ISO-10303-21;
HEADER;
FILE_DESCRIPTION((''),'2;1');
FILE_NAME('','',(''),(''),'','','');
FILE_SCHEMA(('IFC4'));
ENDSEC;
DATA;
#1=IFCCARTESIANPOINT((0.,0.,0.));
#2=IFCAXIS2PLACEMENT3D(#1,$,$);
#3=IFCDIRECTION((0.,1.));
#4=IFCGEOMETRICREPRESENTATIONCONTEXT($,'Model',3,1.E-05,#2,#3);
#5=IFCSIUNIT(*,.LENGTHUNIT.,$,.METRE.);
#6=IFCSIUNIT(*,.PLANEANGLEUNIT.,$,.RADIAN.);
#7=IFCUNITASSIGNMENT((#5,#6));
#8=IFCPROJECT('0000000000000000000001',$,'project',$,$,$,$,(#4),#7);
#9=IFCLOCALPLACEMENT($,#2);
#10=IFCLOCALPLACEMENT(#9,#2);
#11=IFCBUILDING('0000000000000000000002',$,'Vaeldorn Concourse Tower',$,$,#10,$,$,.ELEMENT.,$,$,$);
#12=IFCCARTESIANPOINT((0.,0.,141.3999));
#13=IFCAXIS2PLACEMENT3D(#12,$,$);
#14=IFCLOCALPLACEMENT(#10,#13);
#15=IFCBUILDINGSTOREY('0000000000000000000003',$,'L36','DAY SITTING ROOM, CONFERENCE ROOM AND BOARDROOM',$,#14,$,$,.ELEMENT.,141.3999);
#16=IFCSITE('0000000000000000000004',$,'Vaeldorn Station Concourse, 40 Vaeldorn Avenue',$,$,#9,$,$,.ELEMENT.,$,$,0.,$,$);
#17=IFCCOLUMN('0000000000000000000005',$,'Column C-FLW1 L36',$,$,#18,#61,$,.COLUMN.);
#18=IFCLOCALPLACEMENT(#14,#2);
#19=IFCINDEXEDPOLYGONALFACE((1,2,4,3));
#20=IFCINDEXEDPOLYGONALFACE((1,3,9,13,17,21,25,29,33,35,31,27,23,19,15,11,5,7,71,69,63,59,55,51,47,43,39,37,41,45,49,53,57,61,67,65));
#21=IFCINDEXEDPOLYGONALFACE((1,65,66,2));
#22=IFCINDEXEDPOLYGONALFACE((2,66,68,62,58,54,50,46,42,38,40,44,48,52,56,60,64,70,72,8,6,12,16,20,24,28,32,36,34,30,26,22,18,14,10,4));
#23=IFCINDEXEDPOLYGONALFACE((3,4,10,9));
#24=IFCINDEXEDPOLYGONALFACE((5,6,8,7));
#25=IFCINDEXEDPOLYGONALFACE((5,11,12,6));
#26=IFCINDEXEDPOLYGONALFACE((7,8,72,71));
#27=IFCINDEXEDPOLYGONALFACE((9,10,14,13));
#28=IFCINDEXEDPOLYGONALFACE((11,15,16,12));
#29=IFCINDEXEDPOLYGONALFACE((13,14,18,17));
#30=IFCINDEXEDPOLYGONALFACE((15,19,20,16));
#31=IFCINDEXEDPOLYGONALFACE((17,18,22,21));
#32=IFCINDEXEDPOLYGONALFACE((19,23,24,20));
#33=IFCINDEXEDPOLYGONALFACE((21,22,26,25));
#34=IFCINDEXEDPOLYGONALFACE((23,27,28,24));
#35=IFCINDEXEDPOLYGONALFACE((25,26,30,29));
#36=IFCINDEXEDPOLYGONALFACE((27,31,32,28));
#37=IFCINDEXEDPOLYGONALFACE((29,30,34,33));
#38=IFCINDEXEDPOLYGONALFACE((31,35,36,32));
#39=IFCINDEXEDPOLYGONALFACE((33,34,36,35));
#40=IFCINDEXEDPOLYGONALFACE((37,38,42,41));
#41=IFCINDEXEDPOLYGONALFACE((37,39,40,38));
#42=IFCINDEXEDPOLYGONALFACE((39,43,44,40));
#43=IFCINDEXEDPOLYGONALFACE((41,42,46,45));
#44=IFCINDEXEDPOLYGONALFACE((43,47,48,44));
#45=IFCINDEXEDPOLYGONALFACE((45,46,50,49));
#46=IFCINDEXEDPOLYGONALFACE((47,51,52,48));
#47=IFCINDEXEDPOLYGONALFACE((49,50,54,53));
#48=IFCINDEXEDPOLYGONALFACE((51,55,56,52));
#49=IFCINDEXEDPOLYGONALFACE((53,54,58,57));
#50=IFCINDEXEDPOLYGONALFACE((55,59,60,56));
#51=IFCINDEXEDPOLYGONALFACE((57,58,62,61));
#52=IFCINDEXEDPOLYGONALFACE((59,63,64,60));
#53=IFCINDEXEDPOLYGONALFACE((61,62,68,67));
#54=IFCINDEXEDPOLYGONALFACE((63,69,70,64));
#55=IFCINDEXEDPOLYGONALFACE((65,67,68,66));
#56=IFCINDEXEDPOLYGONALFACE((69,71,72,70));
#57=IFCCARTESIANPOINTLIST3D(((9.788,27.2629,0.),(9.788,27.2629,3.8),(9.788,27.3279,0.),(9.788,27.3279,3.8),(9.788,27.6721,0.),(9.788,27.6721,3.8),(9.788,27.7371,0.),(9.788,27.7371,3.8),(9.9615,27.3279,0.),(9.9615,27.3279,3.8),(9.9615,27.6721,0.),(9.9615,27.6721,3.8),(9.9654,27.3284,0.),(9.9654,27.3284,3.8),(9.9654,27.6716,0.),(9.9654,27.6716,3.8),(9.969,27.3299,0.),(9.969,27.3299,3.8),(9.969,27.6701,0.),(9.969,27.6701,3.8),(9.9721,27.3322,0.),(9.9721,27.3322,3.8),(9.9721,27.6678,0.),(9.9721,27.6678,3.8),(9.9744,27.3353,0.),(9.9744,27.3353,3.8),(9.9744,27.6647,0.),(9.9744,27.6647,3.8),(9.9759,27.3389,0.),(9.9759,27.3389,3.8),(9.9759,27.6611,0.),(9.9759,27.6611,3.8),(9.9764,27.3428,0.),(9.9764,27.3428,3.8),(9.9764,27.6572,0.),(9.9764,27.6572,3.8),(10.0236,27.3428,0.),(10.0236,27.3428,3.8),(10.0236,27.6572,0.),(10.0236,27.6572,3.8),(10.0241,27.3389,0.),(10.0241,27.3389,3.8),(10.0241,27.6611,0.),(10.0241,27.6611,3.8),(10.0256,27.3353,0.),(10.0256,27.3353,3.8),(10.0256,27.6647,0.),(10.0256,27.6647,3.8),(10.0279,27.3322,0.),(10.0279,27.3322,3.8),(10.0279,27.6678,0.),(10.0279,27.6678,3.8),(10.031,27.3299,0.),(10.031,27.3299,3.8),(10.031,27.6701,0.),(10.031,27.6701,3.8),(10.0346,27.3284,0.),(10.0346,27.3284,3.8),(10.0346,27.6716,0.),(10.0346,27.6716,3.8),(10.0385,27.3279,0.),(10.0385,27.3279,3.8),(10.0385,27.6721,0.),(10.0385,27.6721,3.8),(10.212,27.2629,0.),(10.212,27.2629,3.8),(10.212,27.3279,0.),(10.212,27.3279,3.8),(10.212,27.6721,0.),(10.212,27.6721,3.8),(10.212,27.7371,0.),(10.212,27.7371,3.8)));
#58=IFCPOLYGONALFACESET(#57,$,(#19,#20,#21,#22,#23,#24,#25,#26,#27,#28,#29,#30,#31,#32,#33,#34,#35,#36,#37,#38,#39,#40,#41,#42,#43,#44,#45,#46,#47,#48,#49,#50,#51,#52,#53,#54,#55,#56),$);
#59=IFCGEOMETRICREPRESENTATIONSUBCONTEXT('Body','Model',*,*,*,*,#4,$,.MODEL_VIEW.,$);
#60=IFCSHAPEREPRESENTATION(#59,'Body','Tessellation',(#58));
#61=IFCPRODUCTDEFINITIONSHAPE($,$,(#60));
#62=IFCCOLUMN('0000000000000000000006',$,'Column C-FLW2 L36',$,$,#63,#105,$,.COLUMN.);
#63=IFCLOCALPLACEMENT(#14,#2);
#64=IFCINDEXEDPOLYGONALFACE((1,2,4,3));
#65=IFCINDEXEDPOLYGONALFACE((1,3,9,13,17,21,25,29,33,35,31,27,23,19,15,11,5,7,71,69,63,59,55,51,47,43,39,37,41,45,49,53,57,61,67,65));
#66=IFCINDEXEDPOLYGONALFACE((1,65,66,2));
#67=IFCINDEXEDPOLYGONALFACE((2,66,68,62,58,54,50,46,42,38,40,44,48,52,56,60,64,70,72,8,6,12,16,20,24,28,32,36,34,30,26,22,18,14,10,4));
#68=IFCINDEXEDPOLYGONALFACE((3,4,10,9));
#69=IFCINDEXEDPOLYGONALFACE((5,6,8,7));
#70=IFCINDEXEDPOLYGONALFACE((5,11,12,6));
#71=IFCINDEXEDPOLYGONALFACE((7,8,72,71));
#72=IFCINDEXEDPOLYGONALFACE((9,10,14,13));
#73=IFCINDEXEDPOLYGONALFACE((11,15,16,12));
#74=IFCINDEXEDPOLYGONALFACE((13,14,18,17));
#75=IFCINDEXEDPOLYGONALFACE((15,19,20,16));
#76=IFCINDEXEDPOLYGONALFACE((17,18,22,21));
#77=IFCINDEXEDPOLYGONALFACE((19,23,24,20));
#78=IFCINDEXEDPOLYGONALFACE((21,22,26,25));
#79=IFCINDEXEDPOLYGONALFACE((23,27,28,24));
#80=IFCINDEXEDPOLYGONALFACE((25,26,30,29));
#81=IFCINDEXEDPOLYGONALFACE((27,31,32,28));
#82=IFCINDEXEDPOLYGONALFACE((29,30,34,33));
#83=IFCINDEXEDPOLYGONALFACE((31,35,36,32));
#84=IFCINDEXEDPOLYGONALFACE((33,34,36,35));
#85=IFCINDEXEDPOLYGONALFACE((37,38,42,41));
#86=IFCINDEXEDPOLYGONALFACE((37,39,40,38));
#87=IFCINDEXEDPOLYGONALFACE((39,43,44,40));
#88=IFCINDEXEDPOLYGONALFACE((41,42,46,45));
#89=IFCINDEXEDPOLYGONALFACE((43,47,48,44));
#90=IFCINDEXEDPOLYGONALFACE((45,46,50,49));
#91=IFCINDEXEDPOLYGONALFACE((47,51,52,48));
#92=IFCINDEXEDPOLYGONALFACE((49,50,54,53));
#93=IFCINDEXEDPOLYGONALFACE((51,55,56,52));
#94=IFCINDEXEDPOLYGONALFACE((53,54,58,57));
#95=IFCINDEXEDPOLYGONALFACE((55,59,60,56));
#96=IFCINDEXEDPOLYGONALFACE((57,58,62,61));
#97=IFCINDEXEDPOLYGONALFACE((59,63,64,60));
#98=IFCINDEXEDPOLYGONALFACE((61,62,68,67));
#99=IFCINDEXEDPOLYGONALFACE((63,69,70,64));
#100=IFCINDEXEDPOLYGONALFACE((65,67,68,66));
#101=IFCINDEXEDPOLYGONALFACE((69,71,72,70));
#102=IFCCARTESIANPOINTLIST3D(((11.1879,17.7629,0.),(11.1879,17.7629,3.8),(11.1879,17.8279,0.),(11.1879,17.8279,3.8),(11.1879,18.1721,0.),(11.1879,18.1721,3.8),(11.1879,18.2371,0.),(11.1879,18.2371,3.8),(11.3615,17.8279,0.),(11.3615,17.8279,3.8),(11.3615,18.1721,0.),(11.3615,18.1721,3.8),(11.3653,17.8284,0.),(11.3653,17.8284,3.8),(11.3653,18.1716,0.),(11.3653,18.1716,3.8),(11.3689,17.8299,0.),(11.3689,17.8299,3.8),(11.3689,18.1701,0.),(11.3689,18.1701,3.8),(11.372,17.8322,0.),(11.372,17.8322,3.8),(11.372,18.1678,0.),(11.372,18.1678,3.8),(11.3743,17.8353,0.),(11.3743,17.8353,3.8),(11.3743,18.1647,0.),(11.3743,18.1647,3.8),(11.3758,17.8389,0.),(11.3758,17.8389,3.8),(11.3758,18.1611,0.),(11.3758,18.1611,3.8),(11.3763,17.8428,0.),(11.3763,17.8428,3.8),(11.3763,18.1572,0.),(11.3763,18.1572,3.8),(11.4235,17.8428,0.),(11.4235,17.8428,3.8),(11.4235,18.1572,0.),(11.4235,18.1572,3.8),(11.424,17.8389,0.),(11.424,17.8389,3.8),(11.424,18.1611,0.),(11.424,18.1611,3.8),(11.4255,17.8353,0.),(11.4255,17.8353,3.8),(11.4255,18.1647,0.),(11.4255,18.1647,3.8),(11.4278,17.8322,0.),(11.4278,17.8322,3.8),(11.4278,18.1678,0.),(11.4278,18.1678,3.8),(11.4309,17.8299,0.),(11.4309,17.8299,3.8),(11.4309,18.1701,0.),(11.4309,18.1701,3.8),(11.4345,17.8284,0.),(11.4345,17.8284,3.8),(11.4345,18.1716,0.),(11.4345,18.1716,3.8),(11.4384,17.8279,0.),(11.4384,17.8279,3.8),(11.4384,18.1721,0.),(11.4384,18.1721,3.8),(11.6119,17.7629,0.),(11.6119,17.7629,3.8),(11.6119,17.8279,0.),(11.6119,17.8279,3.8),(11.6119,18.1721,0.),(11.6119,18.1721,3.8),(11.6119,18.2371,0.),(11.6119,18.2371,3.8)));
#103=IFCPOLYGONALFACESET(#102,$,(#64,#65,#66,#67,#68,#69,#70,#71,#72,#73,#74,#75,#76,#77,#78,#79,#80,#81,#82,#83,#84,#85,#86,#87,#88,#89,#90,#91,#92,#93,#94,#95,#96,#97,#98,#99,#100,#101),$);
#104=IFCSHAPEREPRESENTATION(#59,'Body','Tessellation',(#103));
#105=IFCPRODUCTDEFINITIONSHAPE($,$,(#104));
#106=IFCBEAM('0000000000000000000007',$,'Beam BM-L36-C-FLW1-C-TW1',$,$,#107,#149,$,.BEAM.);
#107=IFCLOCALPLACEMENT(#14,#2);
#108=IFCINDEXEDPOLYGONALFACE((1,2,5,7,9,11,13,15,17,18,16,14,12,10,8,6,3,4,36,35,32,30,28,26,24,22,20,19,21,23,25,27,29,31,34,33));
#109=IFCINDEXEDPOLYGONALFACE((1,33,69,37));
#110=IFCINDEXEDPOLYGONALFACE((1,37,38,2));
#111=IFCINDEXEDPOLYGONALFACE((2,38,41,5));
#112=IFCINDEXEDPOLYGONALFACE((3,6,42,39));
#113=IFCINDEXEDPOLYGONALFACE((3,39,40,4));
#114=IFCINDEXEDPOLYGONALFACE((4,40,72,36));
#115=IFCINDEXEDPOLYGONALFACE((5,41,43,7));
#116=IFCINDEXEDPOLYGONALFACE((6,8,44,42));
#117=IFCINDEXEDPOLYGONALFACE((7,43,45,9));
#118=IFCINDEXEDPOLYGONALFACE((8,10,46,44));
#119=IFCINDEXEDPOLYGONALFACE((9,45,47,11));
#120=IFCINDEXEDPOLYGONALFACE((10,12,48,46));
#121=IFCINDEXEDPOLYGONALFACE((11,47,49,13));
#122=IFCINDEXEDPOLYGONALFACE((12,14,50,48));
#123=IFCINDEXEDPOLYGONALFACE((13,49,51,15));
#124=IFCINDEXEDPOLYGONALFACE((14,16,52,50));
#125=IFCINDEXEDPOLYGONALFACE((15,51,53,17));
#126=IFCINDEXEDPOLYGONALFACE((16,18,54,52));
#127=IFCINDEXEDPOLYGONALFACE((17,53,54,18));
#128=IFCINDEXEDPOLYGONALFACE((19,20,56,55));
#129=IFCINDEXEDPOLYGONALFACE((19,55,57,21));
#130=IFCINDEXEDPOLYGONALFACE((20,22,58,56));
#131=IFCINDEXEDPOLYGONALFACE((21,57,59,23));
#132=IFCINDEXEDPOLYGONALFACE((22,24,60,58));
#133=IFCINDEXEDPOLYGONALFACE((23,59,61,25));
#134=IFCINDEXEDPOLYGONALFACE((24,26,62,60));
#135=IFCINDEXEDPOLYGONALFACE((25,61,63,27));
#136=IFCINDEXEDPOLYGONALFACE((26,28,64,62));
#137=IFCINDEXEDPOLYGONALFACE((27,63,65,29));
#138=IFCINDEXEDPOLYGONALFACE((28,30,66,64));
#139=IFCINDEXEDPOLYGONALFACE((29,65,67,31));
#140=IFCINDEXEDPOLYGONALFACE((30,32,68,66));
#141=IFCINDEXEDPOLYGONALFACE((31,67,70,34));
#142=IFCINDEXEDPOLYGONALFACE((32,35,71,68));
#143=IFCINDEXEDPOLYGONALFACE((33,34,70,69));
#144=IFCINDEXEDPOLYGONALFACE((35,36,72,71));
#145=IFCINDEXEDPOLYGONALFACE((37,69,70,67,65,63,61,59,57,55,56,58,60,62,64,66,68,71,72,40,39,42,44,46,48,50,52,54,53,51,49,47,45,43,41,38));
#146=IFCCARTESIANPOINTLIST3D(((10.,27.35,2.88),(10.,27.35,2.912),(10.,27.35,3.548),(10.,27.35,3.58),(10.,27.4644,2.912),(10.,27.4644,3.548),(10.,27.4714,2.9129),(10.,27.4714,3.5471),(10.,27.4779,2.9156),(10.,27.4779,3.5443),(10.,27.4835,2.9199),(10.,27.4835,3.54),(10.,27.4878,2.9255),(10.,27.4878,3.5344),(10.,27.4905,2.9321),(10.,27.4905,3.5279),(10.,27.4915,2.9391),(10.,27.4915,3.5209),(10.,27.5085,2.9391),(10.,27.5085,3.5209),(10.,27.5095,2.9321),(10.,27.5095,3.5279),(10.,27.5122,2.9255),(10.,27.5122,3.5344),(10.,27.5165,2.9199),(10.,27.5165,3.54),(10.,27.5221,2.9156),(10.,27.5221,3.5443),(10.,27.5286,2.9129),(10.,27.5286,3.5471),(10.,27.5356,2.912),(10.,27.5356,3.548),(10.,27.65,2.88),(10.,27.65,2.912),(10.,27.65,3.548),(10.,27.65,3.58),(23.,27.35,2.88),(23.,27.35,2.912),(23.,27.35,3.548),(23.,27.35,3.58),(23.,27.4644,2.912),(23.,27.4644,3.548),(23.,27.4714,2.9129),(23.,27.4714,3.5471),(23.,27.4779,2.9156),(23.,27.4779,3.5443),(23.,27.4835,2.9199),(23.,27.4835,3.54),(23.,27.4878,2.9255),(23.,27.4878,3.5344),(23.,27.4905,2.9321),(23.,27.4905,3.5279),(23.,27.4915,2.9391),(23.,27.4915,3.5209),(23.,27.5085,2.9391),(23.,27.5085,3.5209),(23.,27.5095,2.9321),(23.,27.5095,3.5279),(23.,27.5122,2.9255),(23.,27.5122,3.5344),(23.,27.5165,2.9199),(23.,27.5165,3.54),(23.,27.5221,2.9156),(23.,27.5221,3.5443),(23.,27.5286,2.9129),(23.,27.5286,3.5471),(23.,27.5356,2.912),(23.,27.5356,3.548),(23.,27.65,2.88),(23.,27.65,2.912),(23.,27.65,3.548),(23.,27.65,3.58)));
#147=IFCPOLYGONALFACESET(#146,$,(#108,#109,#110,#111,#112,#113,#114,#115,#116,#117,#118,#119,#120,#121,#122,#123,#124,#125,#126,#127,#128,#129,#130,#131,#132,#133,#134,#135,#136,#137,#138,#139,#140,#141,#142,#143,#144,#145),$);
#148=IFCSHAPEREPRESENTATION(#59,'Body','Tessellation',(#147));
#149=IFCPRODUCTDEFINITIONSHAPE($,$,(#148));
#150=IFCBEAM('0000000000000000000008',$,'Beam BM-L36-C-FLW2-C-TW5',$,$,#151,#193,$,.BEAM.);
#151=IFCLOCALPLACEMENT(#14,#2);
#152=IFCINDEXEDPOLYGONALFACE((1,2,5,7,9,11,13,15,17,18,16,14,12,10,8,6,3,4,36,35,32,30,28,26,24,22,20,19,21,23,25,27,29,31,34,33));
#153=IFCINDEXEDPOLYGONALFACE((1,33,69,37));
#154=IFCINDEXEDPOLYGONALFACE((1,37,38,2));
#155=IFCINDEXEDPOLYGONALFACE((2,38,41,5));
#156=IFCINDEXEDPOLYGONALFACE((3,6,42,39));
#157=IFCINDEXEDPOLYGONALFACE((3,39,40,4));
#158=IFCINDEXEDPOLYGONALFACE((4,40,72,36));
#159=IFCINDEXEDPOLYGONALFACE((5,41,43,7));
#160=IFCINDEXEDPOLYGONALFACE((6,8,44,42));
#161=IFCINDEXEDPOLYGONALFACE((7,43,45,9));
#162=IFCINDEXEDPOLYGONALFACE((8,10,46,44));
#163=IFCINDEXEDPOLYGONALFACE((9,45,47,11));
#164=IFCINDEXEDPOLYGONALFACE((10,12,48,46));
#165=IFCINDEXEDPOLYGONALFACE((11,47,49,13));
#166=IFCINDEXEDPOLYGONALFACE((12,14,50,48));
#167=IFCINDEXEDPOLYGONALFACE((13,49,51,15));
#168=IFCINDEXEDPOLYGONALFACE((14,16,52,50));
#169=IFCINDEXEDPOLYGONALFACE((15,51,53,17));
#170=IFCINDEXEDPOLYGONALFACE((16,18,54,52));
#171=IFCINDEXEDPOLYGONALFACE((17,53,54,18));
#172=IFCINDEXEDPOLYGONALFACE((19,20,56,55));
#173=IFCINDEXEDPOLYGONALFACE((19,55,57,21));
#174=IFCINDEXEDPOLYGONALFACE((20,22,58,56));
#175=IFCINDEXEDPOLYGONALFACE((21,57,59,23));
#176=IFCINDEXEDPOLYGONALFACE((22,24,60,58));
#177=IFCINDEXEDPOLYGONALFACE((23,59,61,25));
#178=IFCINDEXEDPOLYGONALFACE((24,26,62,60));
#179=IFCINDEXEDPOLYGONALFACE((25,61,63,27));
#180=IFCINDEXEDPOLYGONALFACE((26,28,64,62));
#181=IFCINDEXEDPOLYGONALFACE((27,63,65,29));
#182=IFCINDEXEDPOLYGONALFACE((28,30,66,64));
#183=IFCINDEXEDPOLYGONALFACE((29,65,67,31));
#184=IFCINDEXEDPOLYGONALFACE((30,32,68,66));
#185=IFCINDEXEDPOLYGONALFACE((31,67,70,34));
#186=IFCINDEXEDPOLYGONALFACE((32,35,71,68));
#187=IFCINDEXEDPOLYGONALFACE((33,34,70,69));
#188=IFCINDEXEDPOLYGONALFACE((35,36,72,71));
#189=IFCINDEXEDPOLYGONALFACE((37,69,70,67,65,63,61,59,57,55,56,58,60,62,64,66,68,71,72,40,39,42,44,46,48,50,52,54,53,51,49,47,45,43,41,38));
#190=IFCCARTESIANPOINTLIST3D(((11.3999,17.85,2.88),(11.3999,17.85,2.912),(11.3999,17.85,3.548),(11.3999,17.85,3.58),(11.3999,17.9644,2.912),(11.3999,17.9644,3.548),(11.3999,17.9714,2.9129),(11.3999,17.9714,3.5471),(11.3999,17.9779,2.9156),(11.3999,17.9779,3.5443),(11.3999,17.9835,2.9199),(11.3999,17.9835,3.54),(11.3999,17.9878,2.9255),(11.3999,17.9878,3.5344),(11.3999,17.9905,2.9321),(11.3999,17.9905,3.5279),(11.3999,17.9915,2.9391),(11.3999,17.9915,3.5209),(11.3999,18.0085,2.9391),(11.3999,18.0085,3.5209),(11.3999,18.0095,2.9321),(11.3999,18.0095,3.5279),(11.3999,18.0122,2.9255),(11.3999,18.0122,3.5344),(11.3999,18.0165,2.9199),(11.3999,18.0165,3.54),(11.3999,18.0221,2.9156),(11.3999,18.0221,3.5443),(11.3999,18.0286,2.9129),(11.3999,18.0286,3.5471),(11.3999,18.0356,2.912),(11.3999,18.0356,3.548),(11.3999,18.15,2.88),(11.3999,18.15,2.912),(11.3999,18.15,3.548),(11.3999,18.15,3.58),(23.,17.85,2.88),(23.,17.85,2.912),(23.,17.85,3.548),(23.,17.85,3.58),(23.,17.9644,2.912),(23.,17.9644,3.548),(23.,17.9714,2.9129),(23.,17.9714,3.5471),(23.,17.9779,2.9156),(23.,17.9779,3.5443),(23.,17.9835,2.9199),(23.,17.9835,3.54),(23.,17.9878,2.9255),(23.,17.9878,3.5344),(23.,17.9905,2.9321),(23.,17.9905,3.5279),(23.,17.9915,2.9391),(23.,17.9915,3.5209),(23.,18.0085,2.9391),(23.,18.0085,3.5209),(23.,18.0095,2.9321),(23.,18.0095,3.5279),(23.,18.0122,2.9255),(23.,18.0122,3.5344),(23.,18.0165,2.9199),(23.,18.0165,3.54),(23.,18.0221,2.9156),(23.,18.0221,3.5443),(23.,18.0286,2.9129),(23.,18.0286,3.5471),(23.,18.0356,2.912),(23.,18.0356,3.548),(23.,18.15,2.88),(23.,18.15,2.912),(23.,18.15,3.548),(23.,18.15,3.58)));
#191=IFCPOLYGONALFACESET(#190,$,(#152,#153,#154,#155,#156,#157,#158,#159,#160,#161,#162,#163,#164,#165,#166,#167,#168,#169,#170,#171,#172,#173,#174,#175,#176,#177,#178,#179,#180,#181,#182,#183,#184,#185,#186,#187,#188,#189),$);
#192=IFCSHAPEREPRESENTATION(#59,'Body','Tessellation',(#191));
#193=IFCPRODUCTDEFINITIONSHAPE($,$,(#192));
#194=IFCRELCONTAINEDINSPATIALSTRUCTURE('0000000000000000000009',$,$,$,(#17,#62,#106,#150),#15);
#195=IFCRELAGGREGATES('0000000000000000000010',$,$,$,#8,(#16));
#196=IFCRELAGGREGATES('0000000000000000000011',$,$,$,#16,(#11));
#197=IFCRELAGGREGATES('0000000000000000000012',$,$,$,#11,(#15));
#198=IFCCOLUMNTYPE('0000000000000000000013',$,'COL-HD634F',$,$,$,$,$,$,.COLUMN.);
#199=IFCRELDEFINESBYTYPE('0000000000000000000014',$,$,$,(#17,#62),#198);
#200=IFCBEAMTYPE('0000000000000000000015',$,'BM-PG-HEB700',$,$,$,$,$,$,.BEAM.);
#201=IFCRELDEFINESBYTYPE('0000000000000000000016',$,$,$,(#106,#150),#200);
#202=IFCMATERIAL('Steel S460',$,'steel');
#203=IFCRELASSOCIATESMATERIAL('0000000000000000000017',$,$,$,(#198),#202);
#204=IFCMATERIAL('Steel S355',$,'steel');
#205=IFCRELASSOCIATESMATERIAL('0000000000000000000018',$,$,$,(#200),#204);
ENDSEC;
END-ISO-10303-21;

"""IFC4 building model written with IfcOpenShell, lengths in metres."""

from ifc_helpers import new_model, si_unit, direction, frame, origin, origin_2d, place, context, subcontext, project, spatial, i_section, extrude, source, transform, mapped, material, material_profile, profile_set, type_object, element, save


model = new_model("IFC4")

# Units and contexts
model_context = context("Model", 3, precision=1e-05, world=origin(), true_north=direction((0.0, 1.0)))
body_context = subcontext(model_context, "Body", "Model", "MODEL_VIEW")
ifc_project = project(units=[si_unit("LENGTHUNIT", "METRE"), si_unit("PLANEANGLEUNIT", "RADIAN")], contexts=[model_context])

# Site, building, storey
site_placement = place(None, origin())
site = spatial("IfcSite", under=ifc_project, at=site_placement, Name="Vaeldorn Station Concourse, 40 Vaeldorn Avenue", CompositionType="ELEMENT", RefElevation=0.0)
building_placement = place(site_placement, origin())
building = spatial("IfcBuilding", under=site, at=building_placement, Name="Vaeldorn Concourse Tower", CompositionType="ELEMENT")
storey_placement = place(building_placement, frame((0.0, 0.0, 141.3999)))
storey = spatial("IfcBuildingStorey", under=building, at=storey_placement, Name="L36", Description="DAY SITTING ROOM, CONFERENCE ROOM AND BOARDROOM", CompositionType="ELEMENT", Elevation=141.3999)

# Columns
ifc_material_1 = material(Name="Steel S460", Category="steel")
ifc_material_profile_1 = material_profile(ifc_material_1, i_section(OverallWidth=0.4241, OverallDepth=0.4741, WebThickness=0.0471, FlangeThickness=0.0649, FilletRadius=0.0149, at=origin_2d()), Name="HD 400x634")
ifc_profile_set_1 = profile_set([ifc_material_profile_1], Name="Steel S460")
column_type = type_object("IfcColumnType", Name="COL-HD634F", PredefinedType="COLUMN", material=ifc_profile_set_1)
shared_shape_1 = source(origin(), body_context, "Body", "SweptSolid", [
    extrude(i_section(OverallWidth=0.4241, OverallDepth=0.4741, WebThickness=0.0471, FlangeThickness=0.0649, FilletRadius=0.0149, at=origin_2d()), origin(), (0.0, 0.0, 1.0), 3.8),
])
for number, where, z_axis, x_axis, name in (
    (1, (10.0, 27.5, 0.0), (0.0, 0.0, 1.0), (1.0, 0.0, 0.0), "Column C-FLW1 L36"),
    (2, (11.3999, 18.0, 0.0), (0.0, 0.0, 1.0), (1.0, 0.0, 0.0), "Column C-FLW2 L36"),
):
    element("IfcColumn", number, at=place(storey_placement, frame(where, z_axis=z_axis, x_axis=x_axis)), inside=storey, type_object=column_type, Name=name, PredefinedType="COLUMN", context=body_context, shape_type="MappedRepresentation", body=[
        mapped(shared_shape_1, transform((0.0, 0.0, 0.0), scale=1.0)),
    ])

# Beams
ifc_material_2 = material(Name="Steel S355", Category="steel")
ifc_material_profile_2 = material_profile(ifc_material_2, i_section(OverallWidth=0.3, OverallDepth=0.7, WebThickness=0.0171, FlangeThickness=0.032, FilletRadius=0.0271, at=origin_2d()), Name="HEB 700")
ifc_profile_set_2 = profile_set([ifc_material_profile_2], Name="Steel S355")
beam_type_1 = type_object("IfcBeamType", Name="BM-PG-HEB700", PredefinedType="BEAM", material=ifc_profile_set_2)
shared_shape_2 = source(origin(), body_context, "Body", "SweptSolid", [
    extrude(i_section(OverallWidth=0.3, OverallDepth=0.7, WebThickness=0.0171, FlangeThickness=0.032, FilletRadius=0.0271, at=origin_2d()), origin(), (0.0, 0.0, 1.0), 13.0),
])
beam_1_placement = place(storey_placement, frame((10.0, 27.5, 3.23), z_axis=(1.0, 0.0, 0.0), x_axis=(0.0, 1.0, 0.0)))
element("IfcBeam", 3, at=beam_1_placement, inside=storey, type_object=beam_type_1, Name="Beam BM-L36-C-FLW1-C-TW1", PredefinedType="BEAM", context=body_context, shape_type="MappedRepresentation", body=[
    mapped(shared_shape_2, transform((0.0, 0.0, 0.0), scale=1.0)),
])
shared_shape_3 = source(origin(), body_context, "Body", "SweptSolid", [
    extrude(i_section(OverallWidth=0.3, OverallDepth=0.7, WebThickness=0.0171, FlangeThickness=0.032, FilletRadius=0.0271, at=origin_2d()), origin(), (0.0, 0.0, 1.0), 11.6001),
])
beam_2_placement = place(storey_placement, frame((11.3999, 18.0, 3.23), z_axis=(1.0, 0.0, 0.0), x_axis=(0.0, 1.0, 0.0)))
element("IfcBeam", 4, at=beam_2_placement, inside=storey, type_object=beam_type_1, Name="Beam BM-L36-C-FLW2-C-TW5", PredefinedType="BEAM", context=body_context, shape_type="MappedRepresentation", body=[
    mapped(shared_shape_3, transform((0.0, 0.0, 0.0), scale=1.0)),
])

save(model, "model.ifc")
